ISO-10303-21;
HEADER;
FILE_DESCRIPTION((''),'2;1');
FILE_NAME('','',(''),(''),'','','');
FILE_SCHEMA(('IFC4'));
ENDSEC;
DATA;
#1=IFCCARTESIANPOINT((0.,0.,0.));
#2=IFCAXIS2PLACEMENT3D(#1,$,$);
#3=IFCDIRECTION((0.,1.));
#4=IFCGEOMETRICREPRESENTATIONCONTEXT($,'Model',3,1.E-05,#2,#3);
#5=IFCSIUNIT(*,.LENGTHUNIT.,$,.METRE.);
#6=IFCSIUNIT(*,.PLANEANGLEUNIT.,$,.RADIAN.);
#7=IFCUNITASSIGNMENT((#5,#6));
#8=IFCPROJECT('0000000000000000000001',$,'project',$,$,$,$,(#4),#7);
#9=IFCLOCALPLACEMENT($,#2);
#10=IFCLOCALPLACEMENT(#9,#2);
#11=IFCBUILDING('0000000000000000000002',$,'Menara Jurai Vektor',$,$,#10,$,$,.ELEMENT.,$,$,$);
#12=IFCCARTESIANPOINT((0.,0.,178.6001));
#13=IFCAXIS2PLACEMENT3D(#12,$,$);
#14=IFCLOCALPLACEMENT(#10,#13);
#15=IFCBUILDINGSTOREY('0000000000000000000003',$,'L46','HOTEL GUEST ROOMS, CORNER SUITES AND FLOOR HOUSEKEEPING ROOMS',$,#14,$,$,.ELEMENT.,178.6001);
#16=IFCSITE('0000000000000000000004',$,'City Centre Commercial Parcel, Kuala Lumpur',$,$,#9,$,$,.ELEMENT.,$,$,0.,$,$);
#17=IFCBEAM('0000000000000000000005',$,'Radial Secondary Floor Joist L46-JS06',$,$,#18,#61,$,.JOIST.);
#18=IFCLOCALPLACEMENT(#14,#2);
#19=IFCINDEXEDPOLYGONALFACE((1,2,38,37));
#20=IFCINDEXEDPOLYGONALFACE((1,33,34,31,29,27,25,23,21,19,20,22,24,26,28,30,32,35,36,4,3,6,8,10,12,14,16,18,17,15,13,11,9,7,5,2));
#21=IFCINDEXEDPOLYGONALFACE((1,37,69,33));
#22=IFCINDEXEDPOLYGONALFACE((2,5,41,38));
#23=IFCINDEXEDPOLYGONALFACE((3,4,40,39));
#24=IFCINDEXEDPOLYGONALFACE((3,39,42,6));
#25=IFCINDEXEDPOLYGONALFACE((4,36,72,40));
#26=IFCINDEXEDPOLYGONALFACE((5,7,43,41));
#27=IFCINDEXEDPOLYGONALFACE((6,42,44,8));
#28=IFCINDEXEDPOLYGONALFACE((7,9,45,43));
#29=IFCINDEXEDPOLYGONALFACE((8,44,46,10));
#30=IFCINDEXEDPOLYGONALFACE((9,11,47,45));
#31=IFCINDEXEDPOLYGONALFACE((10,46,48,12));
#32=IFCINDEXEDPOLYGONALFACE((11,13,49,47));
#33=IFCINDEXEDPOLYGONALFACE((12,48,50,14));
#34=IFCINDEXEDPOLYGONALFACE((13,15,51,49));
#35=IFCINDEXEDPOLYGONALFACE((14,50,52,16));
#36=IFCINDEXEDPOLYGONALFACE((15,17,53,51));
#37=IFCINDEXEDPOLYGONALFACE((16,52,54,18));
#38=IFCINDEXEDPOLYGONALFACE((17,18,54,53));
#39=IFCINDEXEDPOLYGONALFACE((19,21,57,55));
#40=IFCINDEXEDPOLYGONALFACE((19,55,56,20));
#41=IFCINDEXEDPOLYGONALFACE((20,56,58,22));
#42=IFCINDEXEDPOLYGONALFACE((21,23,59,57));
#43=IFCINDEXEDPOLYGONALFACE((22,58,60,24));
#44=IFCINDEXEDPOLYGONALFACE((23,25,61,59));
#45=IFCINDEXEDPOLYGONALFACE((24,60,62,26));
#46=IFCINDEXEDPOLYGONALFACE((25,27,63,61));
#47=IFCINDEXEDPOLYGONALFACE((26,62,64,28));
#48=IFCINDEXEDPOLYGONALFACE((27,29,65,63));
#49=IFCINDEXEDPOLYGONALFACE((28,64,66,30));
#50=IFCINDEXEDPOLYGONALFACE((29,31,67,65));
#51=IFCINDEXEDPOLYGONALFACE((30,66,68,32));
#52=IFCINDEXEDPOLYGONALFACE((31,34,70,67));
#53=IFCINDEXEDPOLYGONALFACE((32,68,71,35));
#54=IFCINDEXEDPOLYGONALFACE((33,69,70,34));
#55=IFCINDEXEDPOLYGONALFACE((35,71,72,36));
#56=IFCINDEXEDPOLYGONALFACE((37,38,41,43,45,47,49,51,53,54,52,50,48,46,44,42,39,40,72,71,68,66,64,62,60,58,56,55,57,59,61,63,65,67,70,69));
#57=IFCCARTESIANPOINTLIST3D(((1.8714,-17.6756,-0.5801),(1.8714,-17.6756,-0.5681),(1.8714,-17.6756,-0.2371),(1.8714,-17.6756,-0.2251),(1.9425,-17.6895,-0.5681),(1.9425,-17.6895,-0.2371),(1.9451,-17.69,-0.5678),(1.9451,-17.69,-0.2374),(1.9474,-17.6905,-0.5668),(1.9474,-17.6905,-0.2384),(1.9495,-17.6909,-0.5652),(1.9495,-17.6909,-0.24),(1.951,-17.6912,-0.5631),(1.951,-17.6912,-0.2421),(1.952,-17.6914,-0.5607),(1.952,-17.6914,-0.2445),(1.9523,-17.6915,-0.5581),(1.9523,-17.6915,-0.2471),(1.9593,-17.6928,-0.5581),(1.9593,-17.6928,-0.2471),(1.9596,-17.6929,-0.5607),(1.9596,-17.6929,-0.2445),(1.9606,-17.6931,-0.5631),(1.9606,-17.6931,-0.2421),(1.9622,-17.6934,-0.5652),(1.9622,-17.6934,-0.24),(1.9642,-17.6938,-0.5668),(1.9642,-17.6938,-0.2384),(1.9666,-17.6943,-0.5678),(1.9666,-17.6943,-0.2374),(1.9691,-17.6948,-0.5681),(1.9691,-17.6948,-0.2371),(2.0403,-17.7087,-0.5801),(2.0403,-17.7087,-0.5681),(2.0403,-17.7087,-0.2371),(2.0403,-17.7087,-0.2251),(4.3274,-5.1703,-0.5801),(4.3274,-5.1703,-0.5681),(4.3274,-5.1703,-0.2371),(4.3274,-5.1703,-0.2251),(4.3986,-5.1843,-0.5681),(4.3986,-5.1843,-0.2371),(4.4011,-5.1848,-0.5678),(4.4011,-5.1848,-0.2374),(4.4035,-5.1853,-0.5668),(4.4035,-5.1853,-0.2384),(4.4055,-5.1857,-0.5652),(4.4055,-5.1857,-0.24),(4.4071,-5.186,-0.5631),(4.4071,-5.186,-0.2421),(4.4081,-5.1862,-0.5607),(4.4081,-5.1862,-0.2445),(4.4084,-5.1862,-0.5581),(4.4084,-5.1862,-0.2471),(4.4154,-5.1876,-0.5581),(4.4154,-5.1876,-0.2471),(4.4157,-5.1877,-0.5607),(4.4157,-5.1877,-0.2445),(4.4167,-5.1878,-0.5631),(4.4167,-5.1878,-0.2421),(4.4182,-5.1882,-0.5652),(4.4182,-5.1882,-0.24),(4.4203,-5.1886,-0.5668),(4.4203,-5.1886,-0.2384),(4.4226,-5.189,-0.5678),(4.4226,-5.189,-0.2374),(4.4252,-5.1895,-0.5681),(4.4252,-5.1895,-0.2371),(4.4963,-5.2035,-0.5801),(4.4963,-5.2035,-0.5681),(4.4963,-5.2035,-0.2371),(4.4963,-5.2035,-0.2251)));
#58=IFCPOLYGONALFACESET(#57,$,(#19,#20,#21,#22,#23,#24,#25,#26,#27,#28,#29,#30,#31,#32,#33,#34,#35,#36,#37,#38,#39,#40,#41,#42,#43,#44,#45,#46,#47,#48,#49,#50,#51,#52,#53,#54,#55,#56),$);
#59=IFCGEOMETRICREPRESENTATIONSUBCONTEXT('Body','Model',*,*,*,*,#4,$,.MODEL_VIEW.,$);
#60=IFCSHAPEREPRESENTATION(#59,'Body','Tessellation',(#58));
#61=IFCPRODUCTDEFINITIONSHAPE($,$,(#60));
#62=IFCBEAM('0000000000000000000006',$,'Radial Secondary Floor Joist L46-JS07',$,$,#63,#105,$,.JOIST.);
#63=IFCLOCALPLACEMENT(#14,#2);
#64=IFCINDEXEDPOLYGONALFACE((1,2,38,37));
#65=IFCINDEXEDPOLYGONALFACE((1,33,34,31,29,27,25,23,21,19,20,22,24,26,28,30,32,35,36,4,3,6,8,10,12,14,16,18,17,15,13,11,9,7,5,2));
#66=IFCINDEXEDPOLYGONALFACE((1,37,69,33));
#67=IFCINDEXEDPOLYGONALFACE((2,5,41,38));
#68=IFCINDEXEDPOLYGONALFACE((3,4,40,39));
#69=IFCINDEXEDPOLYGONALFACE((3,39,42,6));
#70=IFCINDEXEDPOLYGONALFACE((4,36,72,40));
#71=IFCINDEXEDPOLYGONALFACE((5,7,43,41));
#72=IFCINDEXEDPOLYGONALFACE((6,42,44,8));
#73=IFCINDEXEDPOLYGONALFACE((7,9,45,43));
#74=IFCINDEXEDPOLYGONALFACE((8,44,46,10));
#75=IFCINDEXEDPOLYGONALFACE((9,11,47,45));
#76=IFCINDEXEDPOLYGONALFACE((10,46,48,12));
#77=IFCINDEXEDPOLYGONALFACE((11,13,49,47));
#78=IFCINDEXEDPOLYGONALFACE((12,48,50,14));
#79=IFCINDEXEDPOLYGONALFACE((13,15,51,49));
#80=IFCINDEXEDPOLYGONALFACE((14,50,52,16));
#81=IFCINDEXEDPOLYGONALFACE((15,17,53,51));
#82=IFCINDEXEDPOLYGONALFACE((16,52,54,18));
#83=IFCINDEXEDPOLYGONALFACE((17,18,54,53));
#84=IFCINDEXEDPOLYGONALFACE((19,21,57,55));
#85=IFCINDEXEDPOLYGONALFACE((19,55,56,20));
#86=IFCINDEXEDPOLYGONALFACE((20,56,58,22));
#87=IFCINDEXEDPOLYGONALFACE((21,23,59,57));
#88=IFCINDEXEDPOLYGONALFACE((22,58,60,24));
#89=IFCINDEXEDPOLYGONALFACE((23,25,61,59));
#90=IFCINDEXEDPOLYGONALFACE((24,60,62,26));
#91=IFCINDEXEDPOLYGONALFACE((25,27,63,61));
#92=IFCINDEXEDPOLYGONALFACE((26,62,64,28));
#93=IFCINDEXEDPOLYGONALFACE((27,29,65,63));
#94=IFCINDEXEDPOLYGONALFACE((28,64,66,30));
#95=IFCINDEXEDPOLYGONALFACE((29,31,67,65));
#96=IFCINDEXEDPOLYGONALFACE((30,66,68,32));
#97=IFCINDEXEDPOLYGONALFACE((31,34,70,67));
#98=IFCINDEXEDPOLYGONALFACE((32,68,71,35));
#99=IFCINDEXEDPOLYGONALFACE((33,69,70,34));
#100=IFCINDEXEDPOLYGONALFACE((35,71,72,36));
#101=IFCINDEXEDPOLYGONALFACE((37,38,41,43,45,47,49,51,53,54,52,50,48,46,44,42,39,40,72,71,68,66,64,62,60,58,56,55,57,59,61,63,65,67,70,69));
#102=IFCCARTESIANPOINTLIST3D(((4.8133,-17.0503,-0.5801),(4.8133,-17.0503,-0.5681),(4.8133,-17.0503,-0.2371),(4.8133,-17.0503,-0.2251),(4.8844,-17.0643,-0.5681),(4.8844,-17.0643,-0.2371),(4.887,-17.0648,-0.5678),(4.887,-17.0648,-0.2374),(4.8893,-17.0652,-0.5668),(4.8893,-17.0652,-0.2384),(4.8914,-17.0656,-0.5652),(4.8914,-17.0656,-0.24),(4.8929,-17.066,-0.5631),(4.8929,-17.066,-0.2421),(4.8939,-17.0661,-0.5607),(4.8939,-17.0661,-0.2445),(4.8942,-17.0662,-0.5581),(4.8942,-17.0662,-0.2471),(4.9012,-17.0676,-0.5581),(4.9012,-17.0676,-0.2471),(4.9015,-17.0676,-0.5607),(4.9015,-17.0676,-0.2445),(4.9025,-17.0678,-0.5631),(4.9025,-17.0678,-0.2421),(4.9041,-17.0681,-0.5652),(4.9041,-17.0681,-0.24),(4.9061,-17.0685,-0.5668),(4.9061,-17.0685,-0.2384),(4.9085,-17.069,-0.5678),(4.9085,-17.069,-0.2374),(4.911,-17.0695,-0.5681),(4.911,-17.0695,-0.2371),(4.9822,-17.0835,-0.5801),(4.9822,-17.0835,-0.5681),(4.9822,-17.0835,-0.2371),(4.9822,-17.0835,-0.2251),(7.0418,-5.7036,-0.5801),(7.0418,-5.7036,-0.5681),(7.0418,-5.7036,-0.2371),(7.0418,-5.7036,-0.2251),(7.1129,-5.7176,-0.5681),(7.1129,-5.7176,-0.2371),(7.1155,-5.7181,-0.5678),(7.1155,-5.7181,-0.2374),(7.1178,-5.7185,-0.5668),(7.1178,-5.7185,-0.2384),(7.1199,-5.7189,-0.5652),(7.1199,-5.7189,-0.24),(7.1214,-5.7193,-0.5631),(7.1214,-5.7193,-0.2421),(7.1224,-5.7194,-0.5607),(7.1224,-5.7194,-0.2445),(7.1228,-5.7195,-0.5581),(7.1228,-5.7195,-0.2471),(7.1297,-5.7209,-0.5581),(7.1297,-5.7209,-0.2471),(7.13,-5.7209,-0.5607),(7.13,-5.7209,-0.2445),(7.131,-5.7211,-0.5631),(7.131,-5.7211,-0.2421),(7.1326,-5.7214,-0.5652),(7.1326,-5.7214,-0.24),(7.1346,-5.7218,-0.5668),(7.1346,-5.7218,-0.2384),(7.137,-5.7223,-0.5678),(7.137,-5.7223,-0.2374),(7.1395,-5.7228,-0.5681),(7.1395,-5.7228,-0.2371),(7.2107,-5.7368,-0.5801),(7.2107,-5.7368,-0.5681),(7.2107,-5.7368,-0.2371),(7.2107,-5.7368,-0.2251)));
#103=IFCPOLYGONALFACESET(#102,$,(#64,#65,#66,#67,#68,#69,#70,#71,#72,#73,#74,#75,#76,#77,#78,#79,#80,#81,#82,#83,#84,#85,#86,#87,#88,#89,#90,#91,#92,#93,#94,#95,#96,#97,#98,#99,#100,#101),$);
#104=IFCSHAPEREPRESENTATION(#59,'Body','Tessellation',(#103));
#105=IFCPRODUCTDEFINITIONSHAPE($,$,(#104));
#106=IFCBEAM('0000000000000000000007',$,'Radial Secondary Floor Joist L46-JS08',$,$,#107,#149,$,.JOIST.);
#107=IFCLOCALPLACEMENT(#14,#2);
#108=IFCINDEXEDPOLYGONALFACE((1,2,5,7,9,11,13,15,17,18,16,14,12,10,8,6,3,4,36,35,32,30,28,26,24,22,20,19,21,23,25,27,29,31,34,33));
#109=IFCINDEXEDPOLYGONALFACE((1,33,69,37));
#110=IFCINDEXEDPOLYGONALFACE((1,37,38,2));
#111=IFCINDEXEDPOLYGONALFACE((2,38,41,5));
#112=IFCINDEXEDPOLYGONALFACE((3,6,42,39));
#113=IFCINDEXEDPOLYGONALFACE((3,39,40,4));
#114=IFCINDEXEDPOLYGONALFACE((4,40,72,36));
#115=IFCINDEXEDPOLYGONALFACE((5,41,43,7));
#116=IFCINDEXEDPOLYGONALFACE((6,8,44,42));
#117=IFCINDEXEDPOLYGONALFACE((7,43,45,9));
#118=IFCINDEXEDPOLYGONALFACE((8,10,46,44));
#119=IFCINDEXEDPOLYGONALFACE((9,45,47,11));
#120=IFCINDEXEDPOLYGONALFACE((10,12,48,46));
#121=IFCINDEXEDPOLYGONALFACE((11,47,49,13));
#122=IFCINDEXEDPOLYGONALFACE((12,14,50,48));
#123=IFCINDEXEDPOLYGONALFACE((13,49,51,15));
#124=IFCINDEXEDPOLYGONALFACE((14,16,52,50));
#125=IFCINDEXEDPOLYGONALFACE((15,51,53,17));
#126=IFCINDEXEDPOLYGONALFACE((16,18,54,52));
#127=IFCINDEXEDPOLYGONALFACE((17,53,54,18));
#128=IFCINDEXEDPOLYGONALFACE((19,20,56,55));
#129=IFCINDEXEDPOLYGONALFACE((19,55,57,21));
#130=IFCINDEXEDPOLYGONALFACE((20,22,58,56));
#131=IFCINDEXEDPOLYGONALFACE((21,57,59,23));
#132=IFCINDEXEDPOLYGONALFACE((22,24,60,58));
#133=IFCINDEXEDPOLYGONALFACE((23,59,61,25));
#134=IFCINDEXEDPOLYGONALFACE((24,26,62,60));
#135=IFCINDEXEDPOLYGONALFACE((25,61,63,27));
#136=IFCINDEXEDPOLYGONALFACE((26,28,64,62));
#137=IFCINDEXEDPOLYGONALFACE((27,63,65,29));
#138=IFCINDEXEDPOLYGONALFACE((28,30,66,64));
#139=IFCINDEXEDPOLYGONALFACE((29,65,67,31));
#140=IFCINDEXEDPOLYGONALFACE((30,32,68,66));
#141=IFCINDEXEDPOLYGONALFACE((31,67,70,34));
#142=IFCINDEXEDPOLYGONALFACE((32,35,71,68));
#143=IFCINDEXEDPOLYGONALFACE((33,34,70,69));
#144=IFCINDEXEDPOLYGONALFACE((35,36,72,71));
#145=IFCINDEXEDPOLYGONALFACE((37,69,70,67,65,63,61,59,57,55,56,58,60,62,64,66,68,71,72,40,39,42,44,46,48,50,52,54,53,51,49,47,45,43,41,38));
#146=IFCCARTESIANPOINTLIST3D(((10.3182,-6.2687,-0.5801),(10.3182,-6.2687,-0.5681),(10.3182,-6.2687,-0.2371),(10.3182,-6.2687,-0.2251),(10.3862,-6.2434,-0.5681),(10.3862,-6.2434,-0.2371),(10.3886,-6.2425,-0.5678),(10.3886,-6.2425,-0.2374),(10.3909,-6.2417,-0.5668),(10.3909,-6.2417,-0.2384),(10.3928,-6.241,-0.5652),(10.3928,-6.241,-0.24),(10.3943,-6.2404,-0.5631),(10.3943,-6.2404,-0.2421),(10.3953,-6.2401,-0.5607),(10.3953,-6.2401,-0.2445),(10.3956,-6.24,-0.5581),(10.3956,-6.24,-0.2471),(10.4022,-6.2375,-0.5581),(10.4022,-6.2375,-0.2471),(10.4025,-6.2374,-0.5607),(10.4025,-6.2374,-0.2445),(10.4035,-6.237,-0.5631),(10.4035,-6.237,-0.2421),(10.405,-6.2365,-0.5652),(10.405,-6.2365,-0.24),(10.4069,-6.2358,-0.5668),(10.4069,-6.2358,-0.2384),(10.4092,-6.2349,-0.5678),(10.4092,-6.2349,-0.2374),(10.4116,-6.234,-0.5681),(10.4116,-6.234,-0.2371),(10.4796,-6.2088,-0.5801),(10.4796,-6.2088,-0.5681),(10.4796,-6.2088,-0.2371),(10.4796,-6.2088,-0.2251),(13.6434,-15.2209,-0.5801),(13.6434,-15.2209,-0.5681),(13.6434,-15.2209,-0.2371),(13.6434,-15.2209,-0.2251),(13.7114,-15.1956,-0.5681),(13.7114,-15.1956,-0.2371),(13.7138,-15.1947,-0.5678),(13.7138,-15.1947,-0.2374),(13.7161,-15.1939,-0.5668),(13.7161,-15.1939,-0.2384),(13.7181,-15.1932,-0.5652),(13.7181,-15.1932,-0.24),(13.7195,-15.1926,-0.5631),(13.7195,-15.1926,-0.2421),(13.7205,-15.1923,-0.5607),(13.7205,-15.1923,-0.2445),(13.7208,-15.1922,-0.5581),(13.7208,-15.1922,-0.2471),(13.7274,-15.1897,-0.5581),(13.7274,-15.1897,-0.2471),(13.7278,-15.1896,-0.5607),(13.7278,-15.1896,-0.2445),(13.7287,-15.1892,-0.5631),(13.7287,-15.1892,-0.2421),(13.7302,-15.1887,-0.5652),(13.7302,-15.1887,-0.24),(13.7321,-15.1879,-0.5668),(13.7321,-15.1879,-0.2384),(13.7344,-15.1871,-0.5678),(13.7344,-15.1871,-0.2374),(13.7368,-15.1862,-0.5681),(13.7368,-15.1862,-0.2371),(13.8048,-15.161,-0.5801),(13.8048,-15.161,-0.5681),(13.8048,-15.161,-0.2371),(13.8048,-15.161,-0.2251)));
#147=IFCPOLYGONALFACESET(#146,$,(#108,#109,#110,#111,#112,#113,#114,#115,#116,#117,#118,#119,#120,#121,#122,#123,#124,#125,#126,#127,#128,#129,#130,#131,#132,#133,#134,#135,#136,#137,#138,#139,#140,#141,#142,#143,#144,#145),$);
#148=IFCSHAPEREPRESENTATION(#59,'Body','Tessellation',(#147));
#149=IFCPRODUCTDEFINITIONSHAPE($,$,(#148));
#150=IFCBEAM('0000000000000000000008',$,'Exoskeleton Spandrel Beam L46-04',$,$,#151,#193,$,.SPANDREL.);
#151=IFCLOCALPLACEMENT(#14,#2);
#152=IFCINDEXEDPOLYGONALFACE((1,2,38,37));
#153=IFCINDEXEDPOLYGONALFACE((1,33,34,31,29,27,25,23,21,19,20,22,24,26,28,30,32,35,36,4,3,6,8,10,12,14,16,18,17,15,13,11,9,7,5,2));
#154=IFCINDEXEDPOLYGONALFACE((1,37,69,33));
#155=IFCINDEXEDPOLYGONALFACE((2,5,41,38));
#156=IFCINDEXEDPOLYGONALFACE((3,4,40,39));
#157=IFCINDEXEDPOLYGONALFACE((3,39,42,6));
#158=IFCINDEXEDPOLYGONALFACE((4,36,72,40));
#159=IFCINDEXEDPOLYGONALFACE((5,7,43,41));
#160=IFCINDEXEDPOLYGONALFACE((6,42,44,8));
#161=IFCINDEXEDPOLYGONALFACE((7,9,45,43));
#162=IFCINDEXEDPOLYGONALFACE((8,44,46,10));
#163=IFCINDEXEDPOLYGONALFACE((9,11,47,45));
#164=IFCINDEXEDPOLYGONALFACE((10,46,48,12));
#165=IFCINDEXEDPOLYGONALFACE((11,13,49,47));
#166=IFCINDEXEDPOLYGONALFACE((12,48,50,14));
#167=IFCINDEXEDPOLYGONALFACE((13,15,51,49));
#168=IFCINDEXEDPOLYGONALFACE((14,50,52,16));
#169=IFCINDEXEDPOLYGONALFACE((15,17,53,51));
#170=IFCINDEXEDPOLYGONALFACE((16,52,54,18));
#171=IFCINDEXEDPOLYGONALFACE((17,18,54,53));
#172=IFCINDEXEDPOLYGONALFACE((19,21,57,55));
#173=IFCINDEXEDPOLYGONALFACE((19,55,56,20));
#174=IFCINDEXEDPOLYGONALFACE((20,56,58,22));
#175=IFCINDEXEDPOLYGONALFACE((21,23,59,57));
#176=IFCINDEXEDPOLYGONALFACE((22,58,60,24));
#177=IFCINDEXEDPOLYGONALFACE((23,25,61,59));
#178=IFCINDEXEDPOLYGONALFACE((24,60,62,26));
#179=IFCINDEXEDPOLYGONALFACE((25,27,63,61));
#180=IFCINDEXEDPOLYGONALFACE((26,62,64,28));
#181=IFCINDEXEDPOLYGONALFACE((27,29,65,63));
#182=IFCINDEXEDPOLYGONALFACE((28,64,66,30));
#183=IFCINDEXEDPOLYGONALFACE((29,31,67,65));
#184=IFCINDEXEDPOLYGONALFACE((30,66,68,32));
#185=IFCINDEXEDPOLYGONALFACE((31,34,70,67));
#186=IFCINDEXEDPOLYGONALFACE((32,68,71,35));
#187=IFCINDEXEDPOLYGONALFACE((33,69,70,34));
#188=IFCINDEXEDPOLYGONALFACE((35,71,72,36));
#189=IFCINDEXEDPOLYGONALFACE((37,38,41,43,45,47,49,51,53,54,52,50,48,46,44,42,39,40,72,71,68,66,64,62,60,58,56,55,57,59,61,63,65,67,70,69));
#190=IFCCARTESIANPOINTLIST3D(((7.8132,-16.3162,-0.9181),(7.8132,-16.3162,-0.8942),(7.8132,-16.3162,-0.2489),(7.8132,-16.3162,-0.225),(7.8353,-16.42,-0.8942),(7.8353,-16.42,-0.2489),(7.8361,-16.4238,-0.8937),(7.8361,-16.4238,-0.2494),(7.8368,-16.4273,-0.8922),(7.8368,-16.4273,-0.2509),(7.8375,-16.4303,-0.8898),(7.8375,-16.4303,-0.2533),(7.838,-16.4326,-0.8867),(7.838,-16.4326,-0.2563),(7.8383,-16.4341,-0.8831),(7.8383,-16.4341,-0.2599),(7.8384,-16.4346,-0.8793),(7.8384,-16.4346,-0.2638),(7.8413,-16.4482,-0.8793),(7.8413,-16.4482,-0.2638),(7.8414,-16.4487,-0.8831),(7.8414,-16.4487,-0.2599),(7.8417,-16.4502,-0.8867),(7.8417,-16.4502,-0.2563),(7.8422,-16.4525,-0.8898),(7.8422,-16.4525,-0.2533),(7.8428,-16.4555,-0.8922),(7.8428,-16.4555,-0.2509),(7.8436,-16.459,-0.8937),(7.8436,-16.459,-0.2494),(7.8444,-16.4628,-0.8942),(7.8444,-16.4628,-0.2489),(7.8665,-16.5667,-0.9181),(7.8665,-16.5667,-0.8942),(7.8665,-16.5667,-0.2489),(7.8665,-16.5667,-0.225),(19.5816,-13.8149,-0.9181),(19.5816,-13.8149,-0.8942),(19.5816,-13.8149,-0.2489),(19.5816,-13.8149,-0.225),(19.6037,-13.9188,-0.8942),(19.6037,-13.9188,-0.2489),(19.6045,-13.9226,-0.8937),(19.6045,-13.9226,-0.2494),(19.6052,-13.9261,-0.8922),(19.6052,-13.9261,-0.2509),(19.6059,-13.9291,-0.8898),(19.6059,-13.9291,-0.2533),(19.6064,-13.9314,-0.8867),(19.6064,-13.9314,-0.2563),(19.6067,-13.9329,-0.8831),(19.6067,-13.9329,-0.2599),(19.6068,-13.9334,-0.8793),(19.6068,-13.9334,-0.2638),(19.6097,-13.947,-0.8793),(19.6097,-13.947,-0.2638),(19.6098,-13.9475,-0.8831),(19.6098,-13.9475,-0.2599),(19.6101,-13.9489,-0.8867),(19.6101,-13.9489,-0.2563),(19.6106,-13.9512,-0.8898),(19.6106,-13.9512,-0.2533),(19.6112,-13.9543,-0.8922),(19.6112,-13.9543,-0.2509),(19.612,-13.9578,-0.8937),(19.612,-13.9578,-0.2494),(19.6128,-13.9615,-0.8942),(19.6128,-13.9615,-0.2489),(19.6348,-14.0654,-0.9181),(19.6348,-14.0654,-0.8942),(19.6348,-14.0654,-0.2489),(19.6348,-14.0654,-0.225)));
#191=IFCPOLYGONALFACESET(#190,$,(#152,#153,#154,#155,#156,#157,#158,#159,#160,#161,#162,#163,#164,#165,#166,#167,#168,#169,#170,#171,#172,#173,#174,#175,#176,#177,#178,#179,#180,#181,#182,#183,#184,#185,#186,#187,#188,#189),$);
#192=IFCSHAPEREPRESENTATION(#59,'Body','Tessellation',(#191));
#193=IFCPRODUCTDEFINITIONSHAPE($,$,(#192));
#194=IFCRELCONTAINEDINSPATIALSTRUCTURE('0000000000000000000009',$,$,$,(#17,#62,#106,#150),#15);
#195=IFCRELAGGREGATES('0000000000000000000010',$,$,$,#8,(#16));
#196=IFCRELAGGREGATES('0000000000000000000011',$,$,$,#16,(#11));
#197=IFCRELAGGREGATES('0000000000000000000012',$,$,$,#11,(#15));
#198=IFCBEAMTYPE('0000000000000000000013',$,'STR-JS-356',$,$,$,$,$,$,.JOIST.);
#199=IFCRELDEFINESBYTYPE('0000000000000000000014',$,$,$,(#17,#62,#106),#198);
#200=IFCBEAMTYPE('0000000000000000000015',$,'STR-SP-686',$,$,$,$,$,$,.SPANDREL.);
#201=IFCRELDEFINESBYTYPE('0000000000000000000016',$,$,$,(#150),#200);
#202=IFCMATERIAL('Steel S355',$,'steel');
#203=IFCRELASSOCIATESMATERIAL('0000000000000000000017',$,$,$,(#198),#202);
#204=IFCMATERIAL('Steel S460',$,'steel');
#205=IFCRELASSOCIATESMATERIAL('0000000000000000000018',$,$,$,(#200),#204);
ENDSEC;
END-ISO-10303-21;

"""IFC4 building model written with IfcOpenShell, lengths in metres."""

from ifc_helpers import new_model, si_unit, direction, frame, origin, origin_2d, place, context, subcontext, project, spatial, i_section, extrude, material, material_profile, profile_set, type_object, element, save


model = new_model("IFC4")

# Units and contexts
model_context = context("Model", 3, precision=1e-05, world=origin(), true_north=direction((0.0, 1.0)))
body_context = subcontext(model_context, "Body", "Model", "MODEL_VIEW")
ifc_project = project(units=[si_unit("LENGTHUNIT", "METRE"), si_unit("PLANEANGLEUNIT", "RADIAN")], contexts=[model_context])

# Site, building, storey
site_placement = place(None, origin())
site = spatial("IfcSite", under=ifc_project, at=site_placement, Name="City Centre Commercial Parcel, Kuala Lumpur", CompositionType="ELEMENT", RefElevation=0.0)
building_placement = place(site_placement, origin())
building = spatial("IfcBuilding", under=site, at=building_placement, Name="Menara Jurai Vektor", CompositionType="ELEMENT")
storey_placement = place(building_placement, frame((0.0, 0.0, 178.6001)))
storey = spatial("IfcBuildingStorey", under=building, at=storey_placement, Name="L46", Description="HOTEL GUEST ROOMS, CORNER SUITES AND FLOOR HOUSEKEEPING ROOMS", CompositionType="ELEMENT", Elevation=178.6001)

# Shared definitions
ifc_material_1 = material(Name="Steel S460", Category="steel")

# Beams
ifc_material_2 = material(Name="Steel S355", Category="steel")
ifc_material_profile_1 = material_profile(ifc_material_2, i_section(OverallWidth=0.1721, OverallDepth=0.355, WebThickness=0.0071, FlangeThickness=0.012, FilletRadius=0.01, at=origin_2d()), Name="UKB 356x171x51")
ifc_profile_set_1 = profile_set([ifc_material_profile_1], Name="Steel S355")
beam_type_1 = type_object("IfcBeamType", Name="STR-JS-356", PredefinedType="JOIST", material=ifc_profile_set_1)
beam_1_placement = place(storey_placement, frame((1.9558, -17.6921, -0.4026), z_axis=(0.192722, 0.981253, 0.0), x_axis=(-0.981253, 0.192722, 0.0)))
element("IfcBeam", 1, at=beam_1_placement, inside=storey, type_object=beam_type_1, Name="Radial Secondary Floor Joist L46-JS06", PredefinedType="JOIST", context=body_context, shape_type="SweptSolid", body=[
    extrude(i_section(OverallWidth=0.1721, OverallDepth=0.355, WebThickness=0.0071, FlangeThickness=0.012, FilletRadius=0.01, at=origin_2d()), origin(), (0.0, 0.0, 1.0), 12.7441),
])
beam_2_placement = place(storey_placement, frame((4.8977, -17.0669, -0.4026), z_axis=(0.192721, 0.981254, 0.0), x_axis=(-0.981254, 0.192721, 0.0)))
element("IfcBeam", 2, at=beam_2_placement, inside=storey, type_object=beam_type_1, Name="Radial Secondary Floor Joist L46-JS07", PredefinedType="JOIST", context=body_context, shape_type="SweptSolid", body=[
    extrude(i_section(OverallWidth=0.1721, OverallDepth=0.355, WebThickness=0.0071, FlangeThickness=0.012, FilletRadius=0.01, at=origin_2d()), origin(), (0.0, 0.0, 1.0), 11.5635),
])
beam_3_placement = place(storey_placement, frame((13.7241, -15.1909, -0.4026), z_axis=(-0.348197, 0.937421, 0.0), x_axis=(-0.937421, -0.348197, 0.0)))
element("IfcBeam", 3, at=beam_3_placement, inside=storey, type_object=beam_type_1, Name="Radial Secondary Floor Joist L46-JS08", PredefinedType="JOIST", context=body_context, shape_type="SweptSolid", body=[
    extrude(i_section(OverallWidth=0.1721, OverallDepth=0.355, WebThickness=0.0071, FlangeThickness=0.012, FilletRadius=0.01, at=origin_2d()), origin(), (0.0, 0.0, 1.0), 9.5498),
])
ifc_material_profile_2 = material_profile(ifc_material_1, i_section(OverallWidth=0.2561, OverallDepth=0.6931, WebThickness=0.0139, FlangeThickness=0.0239, FilletRadius=0.0149, at=origin_2d()), Name="UKB 686x254x170")
ifc_profile_set_2 = profile_set([ifc_material_profile_2], Name="Steel S460")
beam_type_2 = type_object("IfcBeamType", Name="STR-SP-686", PredefinedType="SPANDREL", material=ifc_profile_set_2)
beam_4_placement = place(storey_placement, frame((7.8398, -16.4414, -0.5715), z_axis=(0.978151, 0.207895, 0.0), x_axis=(-0.207895, 0.978151, 0.0)))
element("IfcBeam", 4, at=beam_4_placement, inside=storey, type_object=beam_type_2, Name="Exoskeleton Spandrel Beam L46-04", PredefinedType="SPANDREL", context=body_context, shape_type="SweptSolid", body=[
    extrude(i_section(OverallWidth=0.2561, OverallDepth=0.6931, WebThickness=0.0139, FlangeThickness=0.0239, FilletRadius=0.0149, at=origin_2d()), origin(), (0.0, 0.0, 1.0), 12.0312),
])

save(model, "model.ifc")
